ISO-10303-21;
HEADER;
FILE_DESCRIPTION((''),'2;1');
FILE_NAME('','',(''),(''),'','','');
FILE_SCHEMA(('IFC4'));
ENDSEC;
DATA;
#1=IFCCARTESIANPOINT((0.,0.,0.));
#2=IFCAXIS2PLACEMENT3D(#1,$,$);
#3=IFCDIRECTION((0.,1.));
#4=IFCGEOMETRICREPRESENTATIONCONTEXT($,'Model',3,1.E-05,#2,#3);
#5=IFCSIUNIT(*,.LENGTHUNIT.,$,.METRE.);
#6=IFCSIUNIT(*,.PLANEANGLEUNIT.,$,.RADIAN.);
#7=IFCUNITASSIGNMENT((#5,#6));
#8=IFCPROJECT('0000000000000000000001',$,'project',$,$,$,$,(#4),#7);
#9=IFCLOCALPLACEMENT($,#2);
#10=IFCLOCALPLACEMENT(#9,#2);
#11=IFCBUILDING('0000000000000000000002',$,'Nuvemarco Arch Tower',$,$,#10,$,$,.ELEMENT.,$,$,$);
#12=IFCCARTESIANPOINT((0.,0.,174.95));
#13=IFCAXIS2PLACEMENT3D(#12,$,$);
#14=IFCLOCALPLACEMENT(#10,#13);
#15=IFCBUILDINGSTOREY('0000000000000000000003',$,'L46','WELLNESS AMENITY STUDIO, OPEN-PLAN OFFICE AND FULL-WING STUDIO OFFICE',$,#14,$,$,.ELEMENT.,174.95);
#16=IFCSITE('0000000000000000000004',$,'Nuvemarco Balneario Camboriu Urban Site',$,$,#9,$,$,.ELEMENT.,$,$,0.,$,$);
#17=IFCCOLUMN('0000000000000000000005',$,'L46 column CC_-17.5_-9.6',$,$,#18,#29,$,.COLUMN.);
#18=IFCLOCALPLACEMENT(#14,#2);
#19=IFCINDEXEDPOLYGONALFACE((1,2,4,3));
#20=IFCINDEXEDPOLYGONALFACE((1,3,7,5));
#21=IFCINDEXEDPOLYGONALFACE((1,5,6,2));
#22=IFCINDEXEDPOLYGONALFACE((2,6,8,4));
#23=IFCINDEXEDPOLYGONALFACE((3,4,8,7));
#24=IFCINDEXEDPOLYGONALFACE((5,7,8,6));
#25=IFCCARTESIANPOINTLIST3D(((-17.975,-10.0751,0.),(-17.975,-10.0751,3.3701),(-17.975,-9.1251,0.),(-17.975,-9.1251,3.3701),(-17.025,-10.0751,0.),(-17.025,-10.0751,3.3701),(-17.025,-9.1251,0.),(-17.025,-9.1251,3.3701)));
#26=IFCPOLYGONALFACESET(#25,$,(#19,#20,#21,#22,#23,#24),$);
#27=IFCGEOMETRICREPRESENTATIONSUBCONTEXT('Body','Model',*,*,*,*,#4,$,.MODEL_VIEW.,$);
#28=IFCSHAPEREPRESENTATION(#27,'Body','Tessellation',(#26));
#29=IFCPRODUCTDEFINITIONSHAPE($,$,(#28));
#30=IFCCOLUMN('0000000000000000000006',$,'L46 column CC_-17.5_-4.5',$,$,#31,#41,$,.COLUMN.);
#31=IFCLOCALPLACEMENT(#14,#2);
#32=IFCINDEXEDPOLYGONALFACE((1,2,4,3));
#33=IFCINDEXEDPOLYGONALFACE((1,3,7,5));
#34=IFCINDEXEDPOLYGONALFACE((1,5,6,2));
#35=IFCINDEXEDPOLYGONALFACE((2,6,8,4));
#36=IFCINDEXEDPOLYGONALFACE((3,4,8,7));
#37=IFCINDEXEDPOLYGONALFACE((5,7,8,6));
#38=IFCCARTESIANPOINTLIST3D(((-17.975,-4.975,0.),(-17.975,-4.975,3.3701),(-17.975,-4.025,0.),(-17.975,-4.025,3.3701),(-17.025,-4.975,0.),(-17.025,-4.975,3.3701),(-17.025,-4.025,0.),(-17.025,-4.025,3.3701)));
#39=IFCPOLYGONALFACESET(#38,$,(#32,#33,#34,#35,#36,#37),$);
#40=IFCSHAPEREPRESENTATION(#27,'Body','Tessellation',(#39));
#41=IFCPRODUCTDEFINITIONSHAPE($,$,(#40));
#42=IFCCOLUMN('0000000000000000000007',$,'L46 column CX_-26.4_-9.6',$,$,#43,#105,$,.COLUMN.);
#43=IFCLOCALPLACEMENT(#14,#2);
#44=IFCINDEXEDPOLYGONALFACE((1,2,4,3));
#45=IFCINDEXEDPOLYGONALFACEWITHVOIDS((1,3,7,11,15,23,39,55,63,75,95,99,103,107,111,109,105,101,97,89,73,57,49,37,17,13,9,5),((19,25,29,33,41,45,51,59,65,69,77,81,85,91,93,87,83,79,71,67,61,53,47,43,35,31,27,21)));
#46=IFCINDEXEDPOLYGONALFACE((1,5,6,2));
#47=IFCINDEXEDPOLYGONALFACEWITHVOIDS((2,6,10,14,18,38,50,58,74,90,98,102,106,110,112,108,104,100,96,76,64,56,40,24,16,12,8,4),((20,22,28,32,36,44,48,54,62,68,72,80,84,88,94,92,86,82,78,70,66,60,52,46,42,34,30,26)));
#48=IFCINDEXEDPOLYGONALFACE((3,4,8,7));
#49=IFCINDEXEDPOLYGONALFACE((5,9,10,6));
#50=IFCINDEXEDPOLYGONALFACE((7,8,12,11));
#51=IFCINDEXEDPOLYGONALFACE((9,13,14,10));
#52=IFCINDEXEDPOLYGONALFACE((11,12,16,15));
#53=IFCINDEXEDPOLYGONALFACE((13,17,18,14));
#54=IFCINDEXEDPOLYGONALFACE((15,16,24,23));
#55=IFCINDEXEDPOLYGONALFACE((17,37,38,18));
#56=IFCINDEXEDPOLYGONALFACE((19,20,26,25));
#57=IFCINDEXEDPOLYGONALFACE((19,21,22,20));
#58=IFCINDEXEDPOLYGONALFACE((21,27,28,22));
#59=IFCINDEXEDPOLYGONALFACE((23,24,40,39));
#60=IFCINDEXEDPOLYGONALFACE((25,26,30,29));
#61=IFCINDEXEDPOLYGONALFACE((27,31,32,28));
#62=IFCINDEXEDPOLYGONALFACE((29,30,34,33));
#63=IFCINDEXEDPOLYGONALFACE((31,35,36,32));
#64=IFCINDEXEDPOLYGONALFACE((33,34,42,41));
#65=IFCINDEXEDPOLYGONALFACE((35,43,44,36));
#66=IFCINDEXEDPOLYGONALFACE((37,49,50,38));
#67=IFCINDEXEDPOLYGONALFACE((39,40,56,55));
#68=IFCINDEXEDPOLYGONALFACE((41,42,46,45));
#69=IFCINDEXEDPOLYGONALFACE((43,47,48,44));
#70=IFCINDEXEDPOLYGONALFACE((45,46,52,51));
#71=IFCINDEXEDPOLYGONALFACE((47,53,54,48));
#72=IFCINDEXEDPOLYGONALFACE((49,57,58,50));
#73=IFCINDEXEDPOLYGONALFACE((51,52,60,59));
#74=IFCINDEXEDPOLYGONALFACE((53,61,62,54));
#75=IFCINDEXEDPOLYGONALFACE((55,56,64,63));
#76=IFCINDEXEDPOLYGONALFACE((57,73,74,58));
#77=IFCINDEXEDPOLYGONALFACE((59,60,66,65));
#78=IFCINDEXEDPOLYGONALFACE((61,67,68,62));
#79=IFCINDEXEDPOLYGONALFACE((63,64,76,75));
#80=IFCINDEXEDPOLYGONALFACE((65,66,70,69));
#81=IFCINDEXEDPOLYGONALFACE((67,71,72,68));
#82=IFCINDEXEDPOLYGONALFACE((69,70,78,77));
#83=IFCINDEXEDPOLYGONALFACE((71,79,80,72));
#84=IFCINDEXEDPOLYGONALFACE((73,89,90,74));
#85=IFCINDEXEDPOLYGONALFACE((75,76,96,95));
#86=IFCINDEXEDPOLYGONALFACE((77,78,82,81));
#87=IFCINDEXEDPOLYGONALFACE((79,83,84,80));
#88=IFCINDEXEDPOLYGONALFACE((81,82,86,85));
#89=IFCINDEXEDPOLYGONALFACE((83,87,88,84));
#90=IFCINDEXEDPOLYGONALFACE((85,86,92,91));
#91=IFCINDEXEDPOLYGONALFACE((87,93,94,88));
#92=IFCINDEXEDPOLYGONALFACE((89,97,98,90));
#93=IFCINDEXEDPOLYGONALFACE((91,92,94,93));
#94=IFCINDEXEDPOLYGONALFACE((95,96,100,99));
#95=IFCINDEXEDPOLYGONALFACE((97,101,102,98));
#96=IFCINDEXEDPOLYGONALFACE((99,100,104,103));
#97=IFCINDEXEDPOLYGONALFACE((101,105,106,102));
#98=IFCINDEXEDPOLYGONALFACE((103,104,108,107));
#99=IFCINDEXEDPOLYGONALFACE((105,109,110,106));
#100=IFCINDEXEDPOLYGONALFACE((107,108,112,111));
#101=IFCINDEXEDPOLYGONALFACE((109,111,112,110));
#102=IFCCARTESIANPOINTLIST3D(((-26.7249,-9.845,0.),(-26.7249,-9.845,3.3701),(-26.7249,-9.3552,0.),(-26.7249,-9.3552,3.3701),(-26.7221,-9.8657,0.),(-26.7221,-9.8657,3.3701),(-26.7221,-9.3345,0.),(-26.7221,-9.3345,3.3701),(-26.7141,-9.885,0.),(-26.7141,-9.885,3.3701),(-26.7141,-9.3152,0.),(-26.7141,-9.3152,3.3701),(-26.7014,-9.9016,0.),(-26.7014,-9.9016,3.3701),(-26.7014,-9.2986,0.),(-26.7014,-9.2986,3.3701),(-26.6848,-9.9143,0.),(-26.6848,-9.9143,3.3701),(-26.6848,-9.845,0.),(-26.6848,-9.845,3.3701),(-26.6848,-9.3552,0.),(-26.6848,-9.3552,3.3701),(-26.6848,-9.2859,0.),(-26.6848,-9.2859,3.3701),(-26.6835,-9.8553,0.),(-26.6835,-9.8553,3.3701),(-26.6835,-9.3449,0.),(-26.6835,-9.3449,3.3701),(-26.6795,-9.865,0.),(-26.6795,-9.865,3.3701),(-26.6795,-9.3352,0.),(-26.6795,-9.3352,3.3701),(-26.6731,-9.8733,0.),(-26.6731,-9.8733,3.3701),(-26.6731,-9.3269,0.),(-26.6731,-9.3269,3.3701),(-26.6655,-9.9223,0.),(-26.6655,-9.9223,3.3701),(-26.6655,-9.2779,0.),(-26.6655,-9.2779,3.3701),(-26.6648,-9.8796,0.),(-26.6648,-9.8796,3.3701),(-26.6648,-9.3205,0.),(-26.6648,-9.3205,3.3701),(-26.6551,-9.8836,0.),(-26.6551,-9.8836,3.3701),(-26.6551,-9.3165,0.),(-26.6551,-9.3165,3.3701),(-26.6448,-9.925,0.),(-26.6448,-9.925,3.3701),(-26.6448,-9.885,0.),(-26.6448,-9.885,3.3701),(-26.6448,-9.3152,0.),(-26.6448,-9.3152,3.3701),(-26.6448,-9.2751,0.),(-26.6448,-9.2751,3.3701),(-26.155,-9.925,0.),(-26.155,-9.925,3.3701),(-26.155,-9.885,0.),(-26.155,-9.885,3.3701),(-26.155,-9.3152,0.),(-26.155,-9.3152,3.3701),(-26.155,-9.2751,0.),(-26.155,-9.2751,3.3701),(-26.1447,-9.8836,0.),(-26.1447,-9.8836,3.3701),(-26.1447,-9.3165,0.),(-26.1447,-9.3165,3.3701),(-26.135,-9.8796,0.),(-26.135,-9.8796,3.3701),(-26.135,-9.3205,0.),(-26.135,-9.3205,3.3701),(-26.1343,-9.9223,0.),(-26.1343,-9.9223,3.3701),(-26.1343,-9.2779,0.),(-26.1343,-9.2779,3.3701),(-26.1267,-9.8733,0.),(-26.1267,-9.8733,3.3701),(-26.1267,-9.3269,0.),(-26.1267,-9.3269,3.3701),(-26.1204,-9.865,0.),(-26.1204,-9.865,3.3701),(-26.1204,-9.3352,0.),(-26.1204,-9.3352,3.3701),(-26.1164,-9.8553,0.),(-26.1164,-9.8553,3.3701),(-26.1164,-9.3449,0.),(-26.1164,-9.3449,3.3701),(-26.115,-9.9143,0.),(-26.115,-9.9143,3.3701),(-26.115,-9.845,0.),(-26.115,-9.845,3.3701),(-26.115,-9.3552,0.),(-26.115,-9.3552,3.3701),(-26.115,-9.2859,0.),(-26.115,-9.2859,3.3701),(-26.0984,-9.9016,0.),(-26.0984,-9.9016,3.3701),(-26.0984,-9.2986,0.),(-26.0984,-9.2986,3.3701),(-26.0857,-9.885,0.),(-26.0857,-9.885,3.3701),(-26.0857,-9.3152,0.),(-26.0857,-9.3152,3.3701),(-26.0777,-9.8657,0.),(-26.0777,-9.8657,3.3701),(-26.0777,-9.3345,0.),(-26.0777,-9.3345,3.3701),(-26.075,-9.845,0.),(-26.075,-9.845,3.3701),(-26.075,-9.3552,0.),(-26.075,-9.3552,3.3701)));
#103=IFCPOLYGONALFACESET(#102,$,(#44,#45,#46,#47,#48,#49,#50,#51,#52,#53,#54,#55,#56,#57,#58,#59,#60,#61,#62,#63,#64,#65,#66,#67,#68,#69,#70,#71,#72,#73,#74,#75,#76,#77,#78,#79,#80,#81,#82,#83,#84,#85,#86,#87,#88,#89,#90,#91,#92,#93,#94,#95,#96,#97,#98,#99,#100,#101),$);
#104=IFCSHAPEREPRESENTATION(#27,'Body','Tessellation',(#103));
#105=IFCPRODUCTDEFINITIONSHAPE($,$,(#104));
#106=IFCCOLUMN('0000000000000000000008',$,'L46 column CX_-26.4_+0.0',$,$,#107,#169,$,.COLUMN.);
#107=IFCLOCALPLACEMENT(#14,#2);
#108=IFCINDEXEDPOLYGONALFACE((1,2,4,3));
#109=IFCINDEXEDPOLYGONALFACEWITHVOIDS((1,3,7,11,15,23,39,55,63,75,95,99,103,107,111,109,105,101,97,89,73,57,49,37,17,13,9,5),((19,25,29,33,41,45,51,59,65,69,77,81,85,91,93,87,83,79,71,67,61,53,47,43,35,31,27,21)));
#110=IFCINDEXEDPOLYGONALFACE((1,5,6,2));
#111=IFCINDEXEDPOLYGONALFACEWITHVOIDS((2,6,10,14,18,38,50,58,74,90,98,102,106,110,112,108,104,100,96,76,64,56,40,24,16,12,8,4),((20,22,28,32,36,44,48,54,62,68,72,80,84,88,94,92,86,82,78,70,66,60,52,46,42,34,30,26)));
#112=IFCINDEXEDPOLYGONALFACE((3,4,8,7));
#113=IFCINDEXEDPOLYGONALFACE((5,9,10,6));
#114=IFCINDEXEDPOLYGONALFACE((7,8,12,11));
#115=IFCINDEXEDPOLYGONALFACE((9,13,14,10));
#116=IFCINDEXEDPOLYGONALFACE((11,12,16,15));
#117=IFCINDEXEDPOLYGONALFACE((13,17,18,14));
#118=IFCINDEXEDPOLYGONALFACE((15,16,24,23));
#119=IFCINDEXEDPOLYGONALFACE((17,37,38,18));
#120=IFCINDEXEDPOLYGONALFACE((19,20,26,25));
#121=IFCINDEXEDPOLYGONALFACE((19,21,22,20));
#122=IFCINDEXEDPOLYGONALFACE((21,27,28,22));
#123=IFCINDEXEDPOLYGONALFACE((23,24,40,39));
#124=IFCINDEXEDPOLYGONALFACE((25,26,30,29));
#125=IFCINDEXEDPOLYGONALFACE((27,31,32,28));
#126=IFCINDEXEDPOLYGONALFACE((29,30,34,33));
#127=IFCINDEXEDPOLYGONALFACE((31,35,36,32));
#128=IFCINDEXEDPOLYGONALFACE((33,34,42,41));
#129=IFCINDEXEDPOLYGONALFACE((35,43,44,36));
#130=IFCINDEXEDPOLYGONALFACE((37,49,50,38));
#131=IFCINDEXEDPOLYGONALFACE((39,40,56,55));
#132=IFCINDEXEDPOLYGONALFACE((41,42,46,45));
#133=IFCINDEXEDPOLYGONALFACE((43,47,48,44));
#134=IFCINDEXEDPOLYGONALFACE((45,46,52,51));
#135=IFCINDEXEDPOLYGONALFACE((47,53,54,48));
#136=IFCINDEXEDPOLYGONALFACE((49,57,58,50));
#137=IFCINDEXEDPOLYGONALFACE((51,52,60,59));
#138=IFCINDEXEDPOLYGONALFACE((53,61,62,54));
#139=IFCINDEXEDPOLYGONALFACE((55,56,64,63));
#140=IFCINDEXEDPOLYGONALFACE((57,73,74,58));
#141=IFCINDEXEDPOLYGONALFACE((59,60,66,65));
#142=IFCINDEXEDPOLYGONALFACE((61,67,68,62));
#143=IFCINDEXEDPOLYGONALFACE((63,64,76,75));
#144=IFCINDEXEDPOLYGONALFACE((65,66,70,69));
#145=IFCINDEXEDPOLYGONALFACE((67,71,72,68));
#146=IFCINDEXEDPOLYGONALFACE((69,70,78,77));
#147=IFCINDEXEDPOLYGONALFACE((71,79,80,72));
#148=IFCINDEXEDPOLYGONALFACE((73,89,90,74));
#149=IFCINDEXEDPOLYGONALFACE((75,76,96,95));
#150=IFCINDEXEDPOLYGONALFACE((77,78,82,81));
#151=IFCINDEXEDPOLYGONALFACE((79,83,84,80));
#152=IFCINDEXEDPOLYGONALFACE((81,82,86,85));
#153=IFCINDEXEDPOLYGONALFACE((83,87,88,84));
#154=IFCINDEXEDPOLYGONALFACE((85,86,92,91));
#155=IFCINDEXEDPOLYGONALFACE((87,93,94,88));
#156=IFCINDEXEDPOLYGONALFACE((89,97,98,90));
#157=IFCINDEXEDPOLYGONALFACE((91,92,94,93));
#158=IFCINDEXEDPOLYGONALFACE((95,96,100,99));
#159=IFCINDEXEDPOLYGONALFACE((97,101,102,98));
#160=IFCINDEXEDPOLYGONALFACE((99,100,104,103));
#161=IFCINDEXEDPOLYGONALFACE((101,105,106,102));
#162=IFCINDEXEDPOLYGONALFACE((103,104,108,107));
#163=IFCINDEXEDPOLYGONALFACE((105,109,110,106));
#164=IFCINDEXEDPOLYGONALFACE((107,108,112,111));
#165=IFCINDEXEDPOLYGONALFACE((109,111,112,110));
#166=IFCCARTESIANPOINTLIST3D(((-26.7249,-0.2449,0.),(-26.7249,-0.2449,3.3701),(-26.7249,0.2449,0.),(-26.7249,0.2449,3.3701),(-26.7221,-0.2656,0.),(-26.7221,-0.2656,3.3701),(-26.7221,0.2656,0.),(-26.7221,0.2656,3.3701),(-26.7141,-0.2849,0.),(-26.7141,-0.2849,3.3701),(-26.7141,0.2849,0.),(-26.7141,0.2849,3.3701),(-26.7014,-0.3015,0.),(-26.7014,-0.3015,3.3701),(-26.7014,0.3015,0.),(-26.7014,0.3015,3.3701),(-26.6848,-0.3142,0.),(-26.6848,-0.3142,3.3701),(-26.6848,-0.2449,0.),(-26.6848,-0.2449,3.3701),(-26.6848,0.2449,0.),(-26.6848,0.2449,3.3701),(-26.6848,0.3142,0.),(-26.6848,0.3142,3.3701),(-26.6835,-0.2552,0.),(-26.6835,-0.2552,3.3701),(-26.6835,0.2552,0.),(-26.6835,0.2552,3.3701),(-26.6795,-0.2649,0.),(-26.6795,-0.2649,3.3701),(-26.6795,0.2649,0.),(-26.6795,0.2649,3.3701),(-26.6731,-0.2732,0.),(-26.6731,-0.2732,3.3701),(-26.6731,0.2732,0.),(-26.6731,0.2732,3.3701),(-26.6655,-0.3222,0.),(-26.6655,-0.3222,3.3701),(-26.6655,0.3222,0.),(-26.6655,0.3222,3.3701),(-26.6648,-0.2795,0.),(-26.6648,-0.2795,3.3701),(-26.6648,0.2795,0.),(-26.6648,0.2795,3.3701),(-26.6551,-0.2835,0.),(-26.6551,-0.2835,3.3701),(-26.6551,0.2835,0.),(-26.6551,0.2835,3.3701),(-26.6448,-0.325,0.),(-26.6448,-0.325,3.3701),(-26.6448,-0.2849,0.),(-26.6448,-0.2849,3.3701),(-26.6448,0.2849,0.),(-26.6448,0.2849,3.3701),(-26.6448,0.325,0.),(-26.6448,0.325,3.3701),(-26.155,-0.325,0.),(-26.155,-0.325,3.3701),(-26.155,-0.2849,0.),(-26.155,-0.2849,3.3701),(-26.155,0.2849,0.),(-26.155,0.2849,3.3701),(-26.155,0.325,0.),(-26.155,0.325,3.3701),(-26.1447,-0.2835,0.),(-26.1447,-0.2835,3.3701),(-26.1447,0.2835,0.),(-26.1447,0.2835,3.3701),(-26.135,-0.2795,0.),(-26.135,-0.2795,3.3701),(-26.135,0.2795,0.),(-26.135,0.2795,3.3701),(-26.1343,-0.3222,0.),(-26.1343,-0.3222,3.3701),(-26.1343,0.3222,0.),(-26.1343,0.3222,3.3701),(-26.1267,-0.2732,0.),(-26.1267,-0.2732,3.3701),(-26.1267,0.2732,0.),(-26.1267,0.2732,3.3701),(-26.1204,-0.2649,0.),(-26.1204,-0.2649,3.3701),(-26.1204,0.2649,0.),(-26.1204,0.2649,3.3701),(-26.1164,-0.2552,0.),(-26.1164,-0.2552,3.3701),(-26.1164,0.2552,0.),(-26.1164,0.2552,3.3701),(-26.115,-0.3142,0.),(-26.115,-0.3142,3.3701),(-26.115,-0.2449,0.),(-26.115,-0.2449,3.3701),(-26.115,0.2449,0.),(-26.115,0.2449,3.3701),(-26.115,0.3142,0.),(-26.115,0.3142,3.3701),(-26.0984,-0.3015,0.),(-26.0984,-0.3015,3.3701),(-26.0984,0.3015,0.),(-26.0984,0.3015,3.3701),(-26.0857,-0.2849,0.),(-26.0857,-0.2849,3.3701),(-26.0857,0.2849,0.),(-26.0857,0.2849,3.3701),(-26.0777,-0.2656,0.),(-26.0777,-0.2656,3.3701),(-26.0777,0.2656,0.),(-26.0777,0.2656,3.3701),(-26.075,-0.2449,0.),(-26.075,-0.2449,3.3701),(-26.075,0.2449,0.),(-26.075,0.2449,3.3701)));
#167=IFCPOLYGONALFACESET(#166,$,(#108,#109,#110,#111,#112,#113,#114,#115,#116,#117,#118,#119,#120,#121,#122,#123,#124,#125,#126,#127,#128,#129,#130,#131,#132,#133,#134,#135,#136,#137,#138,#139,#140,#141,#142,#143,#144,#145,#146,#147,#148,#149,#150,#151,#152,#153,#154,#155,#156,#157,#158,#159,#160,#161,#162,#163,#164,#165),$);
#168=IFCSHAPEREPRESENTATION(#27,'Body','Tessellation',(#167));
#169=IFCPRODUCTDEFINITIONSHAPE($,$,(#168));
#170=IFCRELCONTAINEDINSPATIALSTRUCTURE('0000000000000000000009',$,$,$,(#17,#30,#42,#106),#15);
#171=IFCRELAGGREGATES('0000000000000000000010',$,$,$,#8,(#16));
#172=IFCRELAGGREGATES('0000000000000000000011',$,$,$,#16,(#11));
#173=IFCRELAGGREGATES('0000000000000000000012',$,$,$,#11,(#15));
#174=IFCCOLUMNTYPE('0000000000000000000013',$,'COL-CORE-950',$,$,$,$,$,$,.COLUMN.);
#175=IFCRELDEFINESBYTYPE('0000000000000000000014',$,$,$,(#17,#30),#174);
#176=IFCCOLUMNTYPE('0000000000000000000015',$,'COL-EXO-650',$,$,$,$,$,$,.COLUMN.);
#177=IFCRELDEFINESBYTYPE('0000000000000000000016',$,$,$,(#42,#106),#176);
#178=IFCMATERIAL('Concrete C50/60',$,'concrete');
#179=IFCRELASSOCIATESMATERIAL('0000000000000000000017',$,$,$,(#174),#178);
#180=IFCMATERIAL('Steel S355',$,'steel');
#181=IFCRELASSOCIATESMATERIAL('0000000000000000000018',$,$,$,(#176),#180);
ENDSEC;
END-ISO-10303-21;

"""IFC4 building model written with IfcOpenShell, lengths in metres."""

from ifc_helpers import new_model, si_unit, direction, frame, origin, origin_2d, place, context, subcontext, project, spatial, rectangle, hollow_rectangle, extrude, material, material_profile, profile_set, type_object, element, save


model = new_model("IFC4")

# Units and contexts
model_context = context("Model", 3, precision=1e-05, world=origin(), true_north=direction((0.0, 1.0)))
body_context = subcontext(model_context, "Body", "Model", "MODEL_VIEW")
ifc_project = project(units=[si_unit("LENGTHUNIT", "METRE"), si_unit("PLANEANGLEUNIT", "RADIAN")], contexts=[model_context])

# Site, building, storey
site_placement = place(None, origin())
site = spatial("IfcSite", under=ifc_project, at=site_placement, Name="Nuvemarco Balneario Camboriu Urban Site", CompositionType="ELEMENT", RefElevation=0.0)
building_placement = place(site_placement, origin())
building = spatial("IfcBuilding", under=site, at=building_placement, Name="Nuvemarco Arch Tower", CompositionType="ELEMENT")
storey_placement = place(building_placement, frame((0.0, 0.0, 174.95)))
storey = spatial("IfcBuildingStorey", under=building, at=storey_placement, Name="L46", Description="WELLNESS AMENITY STUDIO, OPEN-PLAN OFFICE AND FULL-WING STUDIO OFFICE", CompositionType="ELEMENT", Elevation=174.95)

# Columns
ifc_material_1 = material(Name="Concrete C50/60", Category="concrete")
ifc_material_profile_1 = material_profile(ifc_material_1, rectangle(XDim=0.95, YDim=0.95, at=origin_2d()), Name="RC-COL-950x950")
ifc_profile_set_1 = profile_set([ifc_material_profile_1], Name="Concrete C50/60")
column_type_1 = type_object("IfcColumnType", Name="COL-CORE-950", PredefinedType="COLUMN", material=ifc_profile_set_1)
for number, where, z_axis, x_axis, name in (
    (1, (-17.5, -9.6001, 0.0), (0.0, 0.0, 1.0), (1.0, 0.0, 0.0), "L46 column CC_-17.5_-9.6"),
    (2, (-17.5, -4.5, 0.0), (0.0, 0.0, 1.0), (1.0, 0.0, 0.0), "L46 column CC_-17.5_-4.5"),
):
    element("IfcColumn", number, at=place(storey_placement, frame(where, z_axis=z_axis, x_axis=x_axis)), inside=storey, type_object=column_type_1, Name=name, PredefinedType="COLUMN", context=body_context, shape_type="SweptSolid", body=[
        extrude(rectangle(XDim=0.95, YDim=0.95, at=origin_2d()), origin(), (0.0, 0.0, 1.0), 3.3701),
    ])
ifc_material_2 = material(Name="Steel S355", Category="steel")
ifc_material_profile_2 = material_profile(ifc_material_2, hollow_rectangle(XDim=0.6499, YDim=0.6499, WallThickness=0.04, InnerFilletRadius=0.04, OuterFilletRadius=0.0801, at=origin_2d()), Name="SHS650x650x40")
ifc_profile_set_2 = profile_set([ifc_material_profile_2], Name="Steel S355")
column_type_2 = type_object("IfcColumnType", Name="COL-EXO-650", PredefinedType="COLUMN", material=ifc_profile_set_2)
for number, where, z_axis, x_axis, name in (
    (3, (-26.3999, -9.6001, 0.0), (0.0, 0.0, 1.0), (1.0, 0.0, 0.0), "L46 column CX_-26.4_-9.6"),
    (4, (-26.3999, 0.0, 0.0), (0.0, 0.0, 1.0), (1.0, 0.0, 0.0), "L46 column CX_-26.4_+0.0"),
):
    element("IfcColumn", number, at=place(storey_placement, frame(where, z_axis=z_axis, x_axis=x_axis)), inside=storey, type_object=column_type_2, Name=name, PredefinedType="COLUMN", context=body_context, shape_type="SweptSolid", body=[
        extrude(hollow_rectangle(XDim=0.6499, YDim=0.6499, WallThickness=0.04, InnerFilletRadius=0.04, OuterFilletRadius=0.0801, at=origin_2d()), origin(), (0.0, 0.0, 1.0), 3.3701),
    ])

save(model, "model.ifc")
